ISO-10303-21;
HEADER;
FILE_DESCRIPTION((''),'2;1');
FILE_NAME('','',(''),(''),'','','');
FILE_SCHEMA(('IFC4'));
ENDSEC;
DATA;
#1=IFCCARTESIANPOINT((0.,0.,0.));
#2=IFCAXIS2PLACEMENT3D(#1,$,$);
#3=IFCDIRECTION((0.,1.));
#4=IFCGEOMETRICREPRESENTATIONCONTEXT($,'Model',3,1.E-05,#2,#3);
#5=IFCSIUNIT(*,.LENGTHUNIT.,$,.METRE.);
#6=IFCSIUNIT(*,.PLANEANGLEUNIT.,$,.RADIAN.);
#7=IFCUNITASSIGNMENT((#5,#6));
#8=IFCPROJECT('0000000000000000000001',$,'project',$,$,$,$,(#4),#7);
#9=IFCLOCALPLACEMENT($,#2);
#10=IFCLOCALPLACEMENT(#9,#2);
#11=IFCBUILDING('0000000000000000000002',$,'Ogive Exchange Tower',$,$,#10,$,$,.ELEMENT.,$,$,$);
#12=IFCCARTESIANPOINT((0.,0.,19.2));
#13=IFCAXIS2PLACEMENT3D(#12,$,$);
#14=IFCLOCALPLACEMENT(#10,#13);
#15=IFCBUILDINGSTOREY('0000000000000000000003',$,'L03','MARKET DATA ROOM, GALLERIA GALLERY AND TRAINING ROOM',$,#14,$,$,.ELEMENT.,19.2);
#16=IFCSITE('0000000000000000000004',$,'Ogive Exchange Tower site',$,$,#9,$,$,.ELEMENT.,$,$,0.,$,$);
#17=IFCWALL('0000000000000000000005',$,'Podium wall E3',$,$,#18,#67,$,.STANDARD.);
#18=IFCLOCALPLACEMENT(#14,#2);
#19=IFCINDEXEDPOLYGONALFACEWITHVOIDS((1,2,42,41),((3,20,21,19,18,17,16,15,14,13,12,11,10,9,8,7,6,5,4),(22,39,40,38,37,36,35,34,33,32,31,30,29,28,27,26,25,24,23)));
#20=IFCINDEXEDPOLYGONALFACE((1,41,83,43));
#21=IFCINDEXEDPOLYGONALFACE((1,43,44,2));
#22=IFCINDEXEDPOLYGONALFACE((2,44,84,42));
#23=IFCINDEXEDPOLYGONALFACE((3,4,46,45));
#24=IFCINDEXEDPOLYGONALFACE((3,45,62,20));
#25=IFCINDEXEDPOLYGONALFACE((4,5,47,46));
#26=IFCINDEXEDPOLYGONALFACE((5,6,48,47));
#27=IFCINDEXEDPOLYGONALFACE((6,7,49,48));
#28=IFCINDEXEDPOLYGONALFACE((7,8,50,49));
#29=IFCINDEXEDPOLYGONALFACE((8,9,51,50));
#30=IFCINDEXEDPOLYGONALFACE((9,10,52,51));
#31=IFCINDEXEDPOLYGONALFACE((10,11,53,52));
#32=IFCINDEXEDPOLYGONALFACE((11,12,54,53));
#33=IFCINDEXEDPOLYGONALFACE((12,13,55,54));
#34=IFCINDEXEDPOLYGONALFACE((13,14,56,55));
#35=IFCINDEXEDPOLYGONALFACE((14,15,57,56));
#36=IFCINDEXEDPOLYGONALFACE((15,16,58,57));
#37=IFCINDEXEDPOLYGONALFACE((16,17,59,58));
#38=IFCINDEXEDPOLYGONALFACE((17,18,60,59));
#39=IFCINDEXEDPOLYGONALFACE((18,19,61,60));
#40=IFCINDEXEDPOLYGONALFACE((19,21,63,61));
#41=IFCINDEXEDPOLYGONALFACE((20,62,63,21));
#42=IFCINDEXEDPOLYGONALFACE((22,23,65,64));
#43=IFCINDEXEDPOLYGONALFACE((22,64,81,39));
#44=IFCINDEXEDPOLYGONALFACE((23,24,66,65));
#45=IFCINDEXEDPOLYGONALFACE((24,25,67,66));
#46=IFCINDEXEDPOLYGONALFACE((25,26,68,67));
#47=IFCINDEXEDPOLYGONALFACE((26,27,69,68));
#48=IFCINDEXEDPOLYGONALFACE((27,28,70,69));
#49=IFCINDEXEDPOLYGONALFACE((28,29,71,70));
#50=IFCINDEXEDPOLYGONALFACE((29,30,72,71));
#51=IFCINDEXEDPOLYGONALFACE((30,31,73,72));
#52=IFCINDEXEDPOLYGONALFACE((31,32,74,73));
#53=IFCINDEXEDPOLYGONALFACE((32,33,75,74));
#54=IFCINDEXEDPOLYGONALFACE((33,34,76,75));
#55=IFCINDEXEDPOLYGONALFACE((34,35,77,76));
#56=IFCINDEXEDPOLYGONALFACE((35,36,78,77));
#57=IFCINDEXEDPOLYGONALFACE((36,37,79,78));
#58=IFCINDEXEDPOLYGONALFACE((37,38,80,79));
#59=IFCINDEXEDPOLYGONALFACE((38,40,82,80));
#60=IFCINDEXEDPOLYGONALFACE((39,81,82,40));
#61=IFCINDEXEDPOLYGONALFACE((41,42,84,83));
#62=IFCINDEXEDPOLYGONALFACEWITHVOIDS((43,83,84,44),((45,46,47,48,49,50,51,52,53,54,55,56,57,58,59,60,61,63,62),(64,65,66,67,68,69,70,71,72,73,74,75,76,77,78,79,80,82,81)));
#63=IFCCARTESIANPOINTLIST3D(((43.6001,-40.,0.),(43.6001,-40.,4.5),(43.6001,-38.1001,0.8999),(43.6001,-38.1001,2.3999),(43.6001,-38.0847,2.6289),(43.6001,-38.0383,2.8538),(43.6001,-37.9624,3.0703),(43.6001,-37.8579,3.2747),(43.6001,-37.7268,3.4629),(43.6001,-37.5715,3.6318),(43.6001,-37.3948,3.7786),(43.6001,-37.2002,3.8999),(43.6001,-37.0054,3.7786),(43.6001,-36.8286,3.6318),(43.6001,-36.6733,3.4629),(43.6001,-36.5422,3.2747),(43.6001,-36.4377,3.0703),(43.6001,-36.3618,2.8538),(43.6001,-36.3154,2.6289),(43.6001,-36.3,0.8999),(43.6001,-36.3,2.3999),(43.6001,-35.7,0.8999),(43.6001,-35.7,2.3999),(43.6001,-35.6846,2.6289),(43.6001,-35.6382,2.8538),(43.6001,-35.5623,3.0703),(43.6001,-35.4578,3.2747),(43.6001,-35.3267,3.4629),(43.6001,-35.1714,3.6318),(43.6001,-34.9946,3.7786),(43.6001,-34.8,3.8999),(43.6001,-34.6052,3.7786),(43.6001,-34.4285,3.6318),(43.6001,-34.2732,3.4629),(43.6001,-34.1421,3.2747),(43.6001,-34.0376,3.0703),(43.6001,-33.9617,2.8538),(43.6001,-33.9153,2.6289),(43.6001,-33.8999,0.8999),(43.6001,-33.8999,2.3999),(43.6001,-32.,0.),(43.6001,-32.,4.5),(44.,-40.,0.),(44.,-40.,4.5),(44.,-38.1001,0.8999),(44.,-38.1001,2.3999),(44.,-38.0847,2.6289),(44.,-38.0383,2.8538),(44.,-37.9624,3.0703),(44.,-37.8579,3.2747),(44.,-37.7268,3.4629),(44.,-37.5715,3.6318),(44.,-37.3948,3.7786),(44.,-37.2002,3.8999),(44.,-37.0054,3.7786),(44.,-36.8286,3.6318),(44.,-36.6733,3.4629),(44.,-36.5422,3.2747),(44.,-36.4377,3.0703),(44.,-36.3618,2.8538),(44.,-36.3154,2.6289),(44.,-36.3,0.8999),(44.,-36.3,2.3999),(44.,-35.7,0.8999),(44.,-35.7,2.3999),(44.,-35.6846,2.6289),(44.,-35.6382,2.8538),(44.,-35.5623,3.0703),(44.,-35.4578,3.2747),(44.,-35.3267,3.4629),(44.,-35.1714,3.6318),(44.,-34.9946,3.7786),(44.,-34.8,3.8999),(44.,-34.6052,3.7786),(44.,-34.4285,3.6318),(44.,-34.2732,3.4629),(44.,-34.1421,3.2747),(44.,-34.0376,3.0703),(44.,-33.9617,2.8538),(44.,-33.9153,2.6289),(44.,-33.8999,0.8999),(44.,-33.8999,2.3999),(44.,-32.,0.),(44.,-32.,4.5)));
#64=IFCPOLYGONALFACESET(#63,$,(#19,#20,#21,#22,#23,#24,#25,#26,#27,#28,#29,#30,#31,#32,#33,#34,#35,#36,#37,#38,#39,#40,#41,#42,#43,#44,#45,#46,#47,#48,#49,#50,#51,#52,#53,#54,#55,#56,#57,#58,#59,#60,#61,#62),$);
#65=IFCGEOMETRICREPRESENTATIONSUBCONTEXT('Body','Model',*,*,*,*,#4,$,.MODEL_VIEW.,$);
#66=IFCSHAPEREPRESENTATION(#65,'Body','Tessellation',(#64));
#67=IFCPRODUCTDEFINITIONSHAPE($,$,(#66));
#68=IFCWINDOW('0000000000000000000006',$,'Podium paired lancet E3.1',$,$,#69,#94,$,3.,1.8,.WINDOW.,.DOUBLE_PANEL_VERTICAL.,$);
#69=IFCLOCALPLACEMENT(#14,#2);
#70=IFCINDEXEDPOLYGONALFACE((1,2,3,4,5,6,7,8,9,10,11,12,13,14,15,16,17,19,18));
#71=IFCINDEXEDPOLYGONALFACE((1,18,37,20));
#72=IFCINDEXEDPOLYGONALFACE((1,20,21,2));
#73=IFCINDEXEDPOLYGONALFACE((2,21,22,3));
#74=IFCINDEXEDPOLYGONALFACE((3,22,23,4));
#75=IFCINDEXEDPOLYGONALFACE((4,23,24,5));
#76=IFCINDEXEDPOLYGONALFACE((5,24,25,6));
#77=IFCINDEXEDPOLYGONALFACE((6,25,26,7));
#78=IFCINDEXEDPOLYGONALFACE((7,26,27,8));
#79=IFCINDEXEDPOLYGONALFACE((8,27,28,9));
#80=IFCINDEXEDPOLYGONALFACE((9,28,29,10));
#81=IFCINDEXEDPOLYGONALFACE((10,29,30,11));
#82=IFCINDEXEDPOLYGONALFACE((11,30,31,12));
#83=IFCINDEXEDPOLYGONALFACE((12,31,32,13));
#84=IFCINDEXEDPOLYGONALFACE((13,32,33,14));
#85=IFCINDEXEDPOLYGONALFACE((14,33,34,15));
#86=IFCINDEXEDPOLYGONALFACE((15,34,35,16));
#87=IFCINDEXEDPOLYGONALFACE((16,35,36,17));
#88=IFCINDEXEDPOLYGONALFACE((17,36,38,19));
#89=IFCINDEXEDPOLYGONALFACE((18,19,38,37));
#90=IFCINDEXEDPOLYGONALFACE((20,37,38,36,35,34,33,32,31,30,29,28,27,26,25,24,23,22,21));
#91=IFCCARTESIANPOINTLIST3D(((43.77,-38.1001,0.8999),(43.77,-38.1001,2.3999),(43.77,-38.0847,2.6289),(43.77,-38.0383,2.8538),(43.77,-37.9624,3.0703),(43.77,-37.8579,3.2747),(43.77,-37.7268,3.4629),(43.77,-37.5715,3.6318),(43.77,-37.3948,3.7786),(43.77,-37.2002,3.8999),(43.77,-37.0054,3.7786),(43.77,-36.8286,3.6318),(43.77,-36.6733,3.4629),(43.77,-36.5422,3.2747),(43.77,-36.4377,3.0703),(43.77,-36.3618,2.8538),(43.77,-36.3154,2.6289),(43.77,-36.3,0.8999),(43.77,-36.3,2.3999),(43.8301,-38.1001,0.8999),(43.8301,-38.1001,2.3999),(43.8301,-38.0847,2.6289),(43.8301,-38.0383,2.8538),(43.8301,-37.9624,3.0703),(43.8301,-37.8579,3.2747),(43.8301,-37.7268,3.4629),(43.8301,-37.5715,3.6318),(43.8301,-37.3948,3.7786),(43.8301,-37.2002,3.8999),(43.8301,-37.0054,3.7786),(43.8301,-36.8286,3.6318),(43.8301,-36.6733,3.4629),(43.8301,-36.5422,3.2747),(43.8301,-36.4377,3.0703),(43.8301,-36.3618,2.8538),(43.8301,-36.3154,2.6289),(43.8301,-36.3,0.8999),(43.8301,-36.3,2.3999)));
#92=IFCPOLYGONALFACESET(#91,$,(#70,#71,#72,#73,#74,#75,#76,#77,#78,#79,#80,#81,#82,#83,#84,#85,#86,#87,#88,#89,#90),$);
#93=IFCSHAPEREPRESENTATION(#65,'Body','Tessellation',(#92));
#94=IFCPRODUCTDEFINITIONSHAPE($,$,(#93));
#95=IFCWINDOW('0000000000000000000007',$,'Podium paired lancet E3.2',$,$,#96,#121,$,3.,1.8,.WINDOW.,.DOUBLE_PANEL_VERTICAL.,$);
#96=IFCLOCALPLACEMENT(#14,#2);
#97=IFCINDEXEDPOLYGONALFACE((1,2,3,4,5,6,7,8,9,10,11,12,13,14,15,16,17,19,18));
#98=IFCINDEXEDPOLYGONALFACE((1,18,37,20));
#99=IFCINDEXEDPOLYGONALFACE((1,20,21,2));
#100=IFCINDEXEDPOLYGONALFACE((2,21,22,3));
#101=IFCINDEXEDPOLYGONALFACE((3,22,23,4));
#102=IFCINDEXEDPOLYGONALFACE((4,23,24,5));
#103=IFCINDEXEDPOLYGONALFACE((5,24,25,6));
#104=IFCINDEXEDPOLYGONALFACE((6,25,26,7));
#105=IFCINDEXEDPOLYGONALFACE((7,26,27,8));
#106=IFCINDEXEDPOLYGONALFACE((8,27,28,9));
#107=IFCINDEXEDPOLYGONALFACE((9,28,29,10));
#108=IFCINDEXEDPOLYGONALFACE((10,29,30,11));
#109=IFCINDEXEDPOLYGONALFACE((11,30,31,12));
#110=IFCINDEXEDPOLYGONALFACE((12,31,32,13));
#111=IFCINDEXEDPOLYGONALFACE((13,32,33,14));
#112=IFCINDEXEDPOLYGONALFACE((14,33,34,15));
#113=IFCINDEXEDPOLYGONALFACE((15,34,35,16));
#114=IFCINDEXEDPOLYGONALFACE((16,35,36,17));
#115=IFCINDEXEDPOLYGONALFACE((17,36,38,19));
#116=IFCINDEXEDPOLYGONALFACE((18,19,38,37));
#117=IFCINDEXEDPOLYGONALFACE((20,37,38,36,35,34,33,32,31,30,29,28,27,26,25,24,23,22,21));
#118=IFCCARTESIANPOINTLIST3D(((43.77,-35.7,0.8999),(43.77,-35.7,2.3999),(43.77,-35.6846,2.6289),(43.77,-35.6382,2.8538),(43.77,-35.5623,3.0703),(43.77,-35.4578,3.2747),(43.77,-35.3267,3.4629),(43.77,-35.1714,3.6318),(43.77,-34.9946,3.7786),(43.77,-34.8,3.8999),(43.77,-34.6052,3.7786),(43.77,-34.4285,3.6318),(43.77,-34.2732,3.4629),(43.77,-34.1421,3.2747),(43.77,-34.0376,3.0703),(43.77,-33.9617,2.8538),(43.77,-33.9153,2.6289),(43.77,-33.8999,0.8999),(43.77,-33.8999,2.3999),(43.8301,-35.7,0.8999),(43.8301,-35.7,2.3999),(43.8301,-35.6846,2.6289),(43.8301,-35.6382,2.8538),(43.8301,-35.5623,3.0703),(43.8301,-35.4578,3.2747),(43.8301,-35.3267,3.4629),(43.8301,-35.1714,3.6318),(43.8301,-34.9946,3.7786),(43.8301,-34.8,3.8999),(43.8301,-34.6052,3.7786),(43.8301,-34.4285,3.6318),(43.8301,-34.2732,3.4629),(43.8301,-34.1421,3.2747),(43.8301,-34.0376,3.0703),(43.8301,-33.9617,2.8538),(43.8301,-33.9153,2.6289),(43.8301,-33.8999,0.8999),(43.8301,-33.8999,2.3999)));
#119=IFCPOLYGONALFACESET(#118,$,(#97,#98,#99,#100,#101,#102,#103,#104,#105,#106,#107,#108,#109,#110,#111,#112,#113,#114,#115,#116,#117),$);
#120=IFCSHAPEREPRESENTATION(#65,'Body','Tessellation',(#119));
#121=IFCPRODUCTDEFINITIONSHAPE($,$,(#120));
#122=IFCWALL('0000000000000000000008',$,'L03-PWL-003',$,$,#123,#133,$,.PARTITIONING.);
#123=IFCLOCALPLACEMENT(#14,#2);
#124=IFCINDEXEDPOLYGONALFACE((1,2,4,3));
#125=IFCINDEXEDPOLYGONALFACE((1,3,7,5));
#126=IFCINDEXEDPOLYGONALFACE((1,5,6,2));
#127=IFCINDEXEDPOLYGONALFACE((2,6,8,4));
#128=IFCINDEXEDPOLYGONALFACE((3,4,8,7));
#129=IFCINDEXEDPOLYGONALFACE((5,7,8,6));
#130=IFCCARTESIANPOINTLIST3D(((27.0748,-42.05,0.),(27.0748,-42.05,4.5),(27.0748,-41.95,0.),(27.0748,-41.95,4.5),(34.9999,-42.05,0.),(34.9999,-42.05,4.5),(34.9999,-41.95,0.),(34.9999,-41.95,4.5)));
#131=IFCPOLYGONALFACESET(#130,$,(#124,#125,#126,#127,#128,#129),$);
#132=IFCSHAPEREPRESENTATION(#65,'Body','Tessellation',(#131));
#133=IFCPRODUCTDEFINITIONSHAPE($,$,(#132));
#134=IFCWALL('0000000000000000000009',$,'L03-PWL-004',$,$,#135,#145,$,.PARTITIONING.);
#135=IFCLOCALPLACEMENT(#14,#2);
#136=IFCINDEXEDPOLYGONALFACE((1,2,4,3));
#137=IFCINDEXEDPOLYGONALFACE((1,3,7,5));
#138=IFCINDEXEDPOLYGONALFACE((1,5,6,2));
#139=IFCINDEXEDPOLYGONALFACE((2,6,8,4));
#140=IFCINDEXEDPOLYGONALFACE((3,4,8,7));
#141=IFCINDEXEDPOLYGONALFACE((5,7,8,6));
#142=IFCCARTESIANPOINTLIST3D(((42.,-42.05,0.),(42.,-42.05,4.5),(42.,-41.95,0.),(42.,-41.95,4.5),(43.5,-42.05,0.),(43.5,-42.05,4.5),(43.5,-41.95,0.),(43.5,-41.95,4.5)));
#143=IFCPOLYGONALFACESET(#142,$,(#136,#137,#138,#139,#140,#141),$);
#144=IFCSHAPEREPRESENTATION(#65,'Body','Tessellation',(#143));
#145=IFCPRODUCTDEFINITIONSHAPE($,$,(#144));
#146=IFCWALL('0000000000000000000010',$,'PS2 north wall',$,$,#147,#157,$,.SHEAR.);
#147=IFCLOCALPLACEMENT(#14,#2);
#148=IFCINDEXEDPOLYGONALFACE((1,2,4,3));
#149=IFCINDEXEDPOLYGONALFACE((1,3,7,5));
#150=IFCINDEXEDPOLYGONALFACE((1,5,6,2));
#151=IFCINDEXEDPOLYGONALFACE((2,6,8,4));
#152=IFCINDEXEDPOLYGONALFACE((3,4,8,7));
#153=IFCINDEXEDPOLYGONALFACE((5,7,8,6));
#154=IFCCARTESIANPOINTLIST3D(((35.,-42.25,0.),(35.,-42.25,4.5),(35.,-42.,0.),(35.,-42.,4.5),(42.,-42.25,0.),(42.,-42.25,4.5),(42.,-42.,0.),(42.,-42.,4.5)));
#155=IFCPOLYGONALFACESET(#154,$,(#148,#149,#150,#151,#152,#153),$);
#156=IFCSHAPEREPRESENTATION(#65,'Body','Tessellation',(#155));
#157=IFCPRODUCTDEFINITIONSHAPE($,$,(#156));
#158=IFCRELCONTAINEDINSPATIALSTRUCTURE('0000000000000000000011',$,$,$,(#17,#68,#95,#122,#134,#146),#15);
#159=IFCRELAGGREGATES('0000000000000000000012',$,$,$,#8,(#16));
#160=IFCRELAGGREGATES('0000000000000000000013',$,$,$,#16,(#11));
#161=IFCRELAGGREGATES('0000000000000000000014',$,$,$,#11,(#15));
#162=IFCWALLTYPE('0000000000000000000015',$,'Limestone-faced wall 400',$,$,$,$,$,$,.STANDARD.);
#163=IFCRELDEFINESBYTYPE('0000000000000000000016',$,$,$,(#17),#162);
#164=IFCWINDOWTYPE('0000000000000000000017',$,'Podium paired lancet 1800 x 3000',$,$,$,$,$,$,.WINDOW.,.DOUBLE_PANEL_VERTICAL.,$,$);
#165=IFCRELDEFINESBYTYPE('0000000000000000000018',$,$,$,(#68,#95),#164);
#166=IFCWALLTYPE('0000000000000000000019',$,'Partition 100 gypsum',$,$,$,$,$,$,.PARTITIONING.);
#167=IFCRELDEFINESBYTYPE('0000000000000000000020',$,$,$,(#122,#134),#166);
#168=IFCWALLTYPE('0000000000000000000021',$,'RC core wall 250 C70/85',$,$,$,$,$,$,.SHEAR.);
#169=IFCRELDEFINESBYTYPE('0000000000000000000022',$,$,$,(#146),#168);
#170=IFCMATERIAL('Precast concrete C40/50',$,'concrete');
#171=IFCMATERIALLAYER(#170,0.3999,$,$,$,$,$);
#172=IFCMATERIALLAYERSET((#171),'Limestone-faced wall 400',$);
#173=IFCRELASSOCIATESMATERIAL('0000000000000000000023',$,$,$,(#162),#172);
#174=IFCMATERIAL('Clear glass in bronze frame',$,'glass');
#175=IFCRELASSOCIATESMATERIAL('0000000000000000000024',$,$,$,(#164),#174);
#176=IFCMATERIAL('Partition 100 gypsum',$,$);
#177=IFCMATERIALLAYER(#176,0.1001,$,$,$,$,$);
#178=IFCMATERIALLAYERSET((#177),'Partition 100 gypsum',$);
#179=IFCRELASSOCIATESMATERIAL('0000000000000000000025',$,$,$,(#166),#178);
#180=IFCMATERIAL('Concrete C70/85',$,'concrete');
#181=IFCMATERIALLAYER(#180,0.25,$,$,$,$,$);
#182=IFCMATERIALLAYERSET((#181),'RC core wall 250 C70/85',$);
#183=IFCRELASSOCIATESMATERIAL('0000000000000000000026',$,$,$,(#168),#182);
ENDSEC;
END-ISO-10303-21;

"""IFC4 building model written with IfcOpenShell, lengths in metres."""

from ifc_helpers import new_model, si_unit, direction, frame, frame_2d, origin, place, context, subcontext, project, spatial, polyline, rectangle, outline, extrude, material, layer, layer_set, type_object, element, fill, save


model = new_model("IFC4")

# Units and contexts
model_context = context("Model", 3, precision=1e-05, world=origin(), true_north=direction((0.0, 1.0)))
body_context = subcontext(model_context, "Body", "Model", "MODEL_VIEW")
ifc_project = project(units=[si_unit("LENGTHUNIT", "METRE"), si_unit("PLANEANGLEUNIT", "RADIAN")], contexts=[model_context])

# Site, building, storey
site_placement = place(None, origin())
site = spatial("IfcSite", under=ifc_project, at=site_placement, Name="Ogive Exchange Tower site", CompositionType="ELEMENT", RefElevation=0.0)
building_placement = place(site_placement, origin())
building = spatial("IfcBuilding", under=site, at=building_placement, Name="Ogive Exchange Tower", CompositionType="ELEMENT")
storey_placement = place(building_placement, frame((0.0, 0.0, 19.2)))
storey = spatial("IfcBuildingStorey", under=building, at=storey_placement, Name="L03", Description="MARKET DATA ROOM, GALLERIA GALLERY AND TRAINING ROOM", CompositionType="ELEMENT", Elevation=19.2)

# Shared definitions
ifc_material_1 = material(Name="Concrete C70/85", Category="concrete")

# Wall, openings, windows
ifc_material_2 = material(Name="Precast concrete C40/50", Category="concrete")
ifc_layer_1 = layer(ifc_material_2, 0.3999)
ifc_layer_set_1 = layer_set([ifc_layer_1], Name="Limestone-faced wall 400")
wall_type_1 = type_object("IfcWallType", Name="Limestone-faced wall 400", PredefinedType="STANDARD", material=ifc_layer_set_1)
wall_1_placement = place(storey_placement, frame((43.8, -40.0, 0.0), z_axis=(0.0, 0.0, 1.0), x_axis=(0.0, 1.0, 0.0)))
wall_1 = element("IfcWall", 1, at=wall_1_placement, inside=storey, type_object=wall_type_1, Name="Podium wall E3", PredefinedType="STANDARD", context=body_context, shape_type="SweptSolid", body=[
    extrude(rectangle(XDim=8.0, YDim=0.3999, at=frame_2d((4.0, 0.0))), origin(), (0.0, 0.0, 1.0), 4.5),
])
opening_1_placement = place(wall_1_placement, frame((1.8999, 0.0, 0.8999)))
opening_1 = element("IfcOpeningElement", 2, at=opening_1_placement, cuts=wall_1, PredefinedType="OPENING", context=body_context, shape_type="SweptSolid", body=[
    extrude(outline(polyline([(0.0, 0.0), (1.8, 0.0), (1.8, 1.5), (1.7847, 1.729), (1.7383, 1.9539), (1.6624, 2.1704), (1.5579, 2.3748), (1.4268, 2.563), (1.2715, 2.7319), (1.0947, 2.8787), (0.8999, 3.0), (0.7053, 2.8787), (0.5286, 2.7319), (0.3733, 2.563), (0.2422, 2.3748), (0.1377, 2.1704), (0.0618, 1.9539), (0.0154, 1.729), (0.0, 1.5), (0.0, 0.0)])), frame((0.0, 0.21, 0.0), z_axis=(0.0, -1.0, 0.0), x_axis=(1.0, 0.0, 0.0)), (0.0, 0.0, 1.0), 0.4199),
])
opening_2_placement = place(wall_1_placement, frame((4.3, 0.0, 0.8999)))
opening_2 = element("IfcOpeningElement", 3, at=opening_2_placement, cuts=wall_1, PredefinedType="OPENING", context=body_context, shape_type="SweptSolid", body=[
    extrude(outline(polyline([(0.0, 0.0), (1.8, 0.0), (1.8, 1.5), (1.7847, 1.729), (1.7383, 1.9539), (1.6624, 2.1704), (1.5579, 2.3748), (1.4268, 2.563), (1.2715, 2.7319), (1.0947, 2.8787), (0.8999, 3.0), (0.7053, 2.8787), (0.5286, 2.7319), (0.3733, 2.563), (0.2422, 2.3748), (0.1377, 2.1704), (0.0618, 1.9539), (0.0154, 1.729), (0.0, 1.5), (0.0, 0.0)])), frame((0.0, 0.21, 0.0), z_axis=(0.0, -1.0, 0.0), x_axis=(1.0, 0.0, 0.0)), (0.0, 0.0, 1.0), 0.4199),
])
ifc_material_3 = material(Name="Clear glass in bronze frame", Category="glass")
window_type = type_object("IfcWindowType", Name="Podium paired lancet 1800 x 3000", PartitioningType="DOUBLE_PANEL_VERTICAL", PredefinedType="WINDOW", material=ifc_material_3)
window_1_placement = place(opening_1_placement, origin())
window_1 = element("IfcWindow", 4, at=window_1_placement, inside=storey, type_object=window_type, Name="Podium paired lancet E3.1", OverallHeight=3.0, OverallWidth=1.8, PartitioningType="DOUBLE_PANEL_VERTICAL", PredefinedType="WINDOW", context=body_context, shape_type="SweptSolid", body=[
    extrude(outline(polyline([(0.0, 0.0), (1.8, 0.0), (1.8, 1.5), (1.7847, 1.729), (1.7383, 1.9539), (1.6624, 2.1704), (1.5579, 2.3748), (1.4268, 2.563), (1.2715, 2.7319), (1.0947, 2.8787), (0.8999, 3.0), (0.7053, 2.8787), (0.5286, 2.7319), (0.3733, 2.563), (0.2422, 2.3748), (0.1377, 2.1704), (0.0618, 1.9539), (0.0154, 1.729), (0.0, 1.5), (0.0, 0.0)])), frame((0.0, 0.03, 0.0), z_axis=(0.0, -1.0, 0.0), x_axis=(1.0, 0.0, 0.0)), (0.0, 0.0, 1.0), 0.0601),
])
fill(opening_1, window_1)
window_2_placement = place(opening_2_placement, origin())
window_2 = element("IfcWindow", 5, at=window_2_placement, inside=storey, type_object=window_type, Name="Podium paired lancet E3.2", OverallHeight=3.0, OverallWidth=1.8, PartitioningType="DOUBLE_PANEL_VERTICAL", PredefinedType="WINDOW", context=body_context, shape_type="SweptSolid", body=[
    extrude(outline(polyline([(0.0, 0.0), (1.8, 0.0), (1.8, 1.5), (1.7847, 1.729), (1.7383, 1.9539), (1.6624, 2.1704), (1.5579, 2.3748), (1.4268, 2.563), (1.2715, 2.7319), (1.0947, 2.8787), (0.8999, 3.0), (0.7053, 2.8787), (0.5286, 2.7319), (0.3733, 2.563), (0.2422, 2.3748), (0.1377, 2.1704), (0.0618, 1.9539), (0.0154, 1.729), (0.0, 1.5), (0.0, 0.0)])), frame((0.0, 0.03, 0.0), z_axis=(0.0, -1.0, 0.0), x_axis=(1.0, 0.0, 0.0)), (0.0, 0.0, 1.0), 0.0601),
])
fill(opening_2, window_2)

# Walls
ifc_material_4 = material(Name="Partition 100 gypsum")
ifc_layer_2 = layer(ifc_material_4, 0.1001)
ifc_layer_set_2 = layer_set([ifc_layer_2], Name="Partition 100 gypsum")
wall_type_2 = type_object("IfcWallType", Name="Partition 100 gypsum", PredefinedType="PARTITIONING", material=ifc_layer_set_2)
wall_2_placement = place(storey_placement, frame((27.075, -42.0, 0.0), z_axis=(0.0, 0.0, 1.0), x_axis=(1.0, 0.0, 0.0)))
element("IfcWall", 6, at=wall_2_placement, inside=storey, type_object=wall_type_2, Name="L03-PWL-003", PredefinedType="PARTITIONING", context=body_context, shape_type="SweptSolid", body=[
    extrude(rectangle(XDim=7.925, YDim=0.1001, at=frame_2d((3.9624, 0.0))), origin(), (0.0, 0.0, 1.0), 4.5),
])
wall_3_placement = place(storey_placement, frame((42.0, -42.0, 0.0), z_axis=(0.0, 0.0, 1.0), x_axis=(1.0, 0.0, 0.0)))
element("IfcWall", 7, at=wall_3_placement, inside=storey, type_object=wall_type_2, Name="L03-PWL-004", PredefinedType="PARTITIONING", context=body_context, shape_type="SweptSolid", body=[
    extrude(rectangle(XDim=1.5, YDim=0.1001, at=frame_2d((0.75, 0.0))), origin(), (0.0, 0.0, 1.0), 4.5),
])
ifc_layer_3 = layer(ifc_material_1, 0.25)
ifc_layer_set_3 = layer_set([ifc_layer_3], Name="RC core wall 250 C70/85")
wall_type_3 = type_object("IfcWallType", Name="RC core wall 250 C70/85", PredefinedType="SHEAR", material=ifc_layer_set_3)
wall_4_placement = place(storey_placement, frame((35.0, -42.125, 0.0), z_axis=(0.0, 0.0, 1.0), x_axis=(1.0, 0.0, 0.0)))
element("IfcWall", 8, at=wall_4_placement, inside=storey, type_object=wall_type_3, Name="PS2 north wall", PredefinedType="SHEAR", context=body_context, shape_type="SweptSolid", body=[
    extrude(rectangle(XDim=7.0, YDim=0.25, at=frame_2d((3.5, 0.0))), origin(), (0.0, 0.0, 1.0), 4.5),
])

save(model, "model.ifc")
